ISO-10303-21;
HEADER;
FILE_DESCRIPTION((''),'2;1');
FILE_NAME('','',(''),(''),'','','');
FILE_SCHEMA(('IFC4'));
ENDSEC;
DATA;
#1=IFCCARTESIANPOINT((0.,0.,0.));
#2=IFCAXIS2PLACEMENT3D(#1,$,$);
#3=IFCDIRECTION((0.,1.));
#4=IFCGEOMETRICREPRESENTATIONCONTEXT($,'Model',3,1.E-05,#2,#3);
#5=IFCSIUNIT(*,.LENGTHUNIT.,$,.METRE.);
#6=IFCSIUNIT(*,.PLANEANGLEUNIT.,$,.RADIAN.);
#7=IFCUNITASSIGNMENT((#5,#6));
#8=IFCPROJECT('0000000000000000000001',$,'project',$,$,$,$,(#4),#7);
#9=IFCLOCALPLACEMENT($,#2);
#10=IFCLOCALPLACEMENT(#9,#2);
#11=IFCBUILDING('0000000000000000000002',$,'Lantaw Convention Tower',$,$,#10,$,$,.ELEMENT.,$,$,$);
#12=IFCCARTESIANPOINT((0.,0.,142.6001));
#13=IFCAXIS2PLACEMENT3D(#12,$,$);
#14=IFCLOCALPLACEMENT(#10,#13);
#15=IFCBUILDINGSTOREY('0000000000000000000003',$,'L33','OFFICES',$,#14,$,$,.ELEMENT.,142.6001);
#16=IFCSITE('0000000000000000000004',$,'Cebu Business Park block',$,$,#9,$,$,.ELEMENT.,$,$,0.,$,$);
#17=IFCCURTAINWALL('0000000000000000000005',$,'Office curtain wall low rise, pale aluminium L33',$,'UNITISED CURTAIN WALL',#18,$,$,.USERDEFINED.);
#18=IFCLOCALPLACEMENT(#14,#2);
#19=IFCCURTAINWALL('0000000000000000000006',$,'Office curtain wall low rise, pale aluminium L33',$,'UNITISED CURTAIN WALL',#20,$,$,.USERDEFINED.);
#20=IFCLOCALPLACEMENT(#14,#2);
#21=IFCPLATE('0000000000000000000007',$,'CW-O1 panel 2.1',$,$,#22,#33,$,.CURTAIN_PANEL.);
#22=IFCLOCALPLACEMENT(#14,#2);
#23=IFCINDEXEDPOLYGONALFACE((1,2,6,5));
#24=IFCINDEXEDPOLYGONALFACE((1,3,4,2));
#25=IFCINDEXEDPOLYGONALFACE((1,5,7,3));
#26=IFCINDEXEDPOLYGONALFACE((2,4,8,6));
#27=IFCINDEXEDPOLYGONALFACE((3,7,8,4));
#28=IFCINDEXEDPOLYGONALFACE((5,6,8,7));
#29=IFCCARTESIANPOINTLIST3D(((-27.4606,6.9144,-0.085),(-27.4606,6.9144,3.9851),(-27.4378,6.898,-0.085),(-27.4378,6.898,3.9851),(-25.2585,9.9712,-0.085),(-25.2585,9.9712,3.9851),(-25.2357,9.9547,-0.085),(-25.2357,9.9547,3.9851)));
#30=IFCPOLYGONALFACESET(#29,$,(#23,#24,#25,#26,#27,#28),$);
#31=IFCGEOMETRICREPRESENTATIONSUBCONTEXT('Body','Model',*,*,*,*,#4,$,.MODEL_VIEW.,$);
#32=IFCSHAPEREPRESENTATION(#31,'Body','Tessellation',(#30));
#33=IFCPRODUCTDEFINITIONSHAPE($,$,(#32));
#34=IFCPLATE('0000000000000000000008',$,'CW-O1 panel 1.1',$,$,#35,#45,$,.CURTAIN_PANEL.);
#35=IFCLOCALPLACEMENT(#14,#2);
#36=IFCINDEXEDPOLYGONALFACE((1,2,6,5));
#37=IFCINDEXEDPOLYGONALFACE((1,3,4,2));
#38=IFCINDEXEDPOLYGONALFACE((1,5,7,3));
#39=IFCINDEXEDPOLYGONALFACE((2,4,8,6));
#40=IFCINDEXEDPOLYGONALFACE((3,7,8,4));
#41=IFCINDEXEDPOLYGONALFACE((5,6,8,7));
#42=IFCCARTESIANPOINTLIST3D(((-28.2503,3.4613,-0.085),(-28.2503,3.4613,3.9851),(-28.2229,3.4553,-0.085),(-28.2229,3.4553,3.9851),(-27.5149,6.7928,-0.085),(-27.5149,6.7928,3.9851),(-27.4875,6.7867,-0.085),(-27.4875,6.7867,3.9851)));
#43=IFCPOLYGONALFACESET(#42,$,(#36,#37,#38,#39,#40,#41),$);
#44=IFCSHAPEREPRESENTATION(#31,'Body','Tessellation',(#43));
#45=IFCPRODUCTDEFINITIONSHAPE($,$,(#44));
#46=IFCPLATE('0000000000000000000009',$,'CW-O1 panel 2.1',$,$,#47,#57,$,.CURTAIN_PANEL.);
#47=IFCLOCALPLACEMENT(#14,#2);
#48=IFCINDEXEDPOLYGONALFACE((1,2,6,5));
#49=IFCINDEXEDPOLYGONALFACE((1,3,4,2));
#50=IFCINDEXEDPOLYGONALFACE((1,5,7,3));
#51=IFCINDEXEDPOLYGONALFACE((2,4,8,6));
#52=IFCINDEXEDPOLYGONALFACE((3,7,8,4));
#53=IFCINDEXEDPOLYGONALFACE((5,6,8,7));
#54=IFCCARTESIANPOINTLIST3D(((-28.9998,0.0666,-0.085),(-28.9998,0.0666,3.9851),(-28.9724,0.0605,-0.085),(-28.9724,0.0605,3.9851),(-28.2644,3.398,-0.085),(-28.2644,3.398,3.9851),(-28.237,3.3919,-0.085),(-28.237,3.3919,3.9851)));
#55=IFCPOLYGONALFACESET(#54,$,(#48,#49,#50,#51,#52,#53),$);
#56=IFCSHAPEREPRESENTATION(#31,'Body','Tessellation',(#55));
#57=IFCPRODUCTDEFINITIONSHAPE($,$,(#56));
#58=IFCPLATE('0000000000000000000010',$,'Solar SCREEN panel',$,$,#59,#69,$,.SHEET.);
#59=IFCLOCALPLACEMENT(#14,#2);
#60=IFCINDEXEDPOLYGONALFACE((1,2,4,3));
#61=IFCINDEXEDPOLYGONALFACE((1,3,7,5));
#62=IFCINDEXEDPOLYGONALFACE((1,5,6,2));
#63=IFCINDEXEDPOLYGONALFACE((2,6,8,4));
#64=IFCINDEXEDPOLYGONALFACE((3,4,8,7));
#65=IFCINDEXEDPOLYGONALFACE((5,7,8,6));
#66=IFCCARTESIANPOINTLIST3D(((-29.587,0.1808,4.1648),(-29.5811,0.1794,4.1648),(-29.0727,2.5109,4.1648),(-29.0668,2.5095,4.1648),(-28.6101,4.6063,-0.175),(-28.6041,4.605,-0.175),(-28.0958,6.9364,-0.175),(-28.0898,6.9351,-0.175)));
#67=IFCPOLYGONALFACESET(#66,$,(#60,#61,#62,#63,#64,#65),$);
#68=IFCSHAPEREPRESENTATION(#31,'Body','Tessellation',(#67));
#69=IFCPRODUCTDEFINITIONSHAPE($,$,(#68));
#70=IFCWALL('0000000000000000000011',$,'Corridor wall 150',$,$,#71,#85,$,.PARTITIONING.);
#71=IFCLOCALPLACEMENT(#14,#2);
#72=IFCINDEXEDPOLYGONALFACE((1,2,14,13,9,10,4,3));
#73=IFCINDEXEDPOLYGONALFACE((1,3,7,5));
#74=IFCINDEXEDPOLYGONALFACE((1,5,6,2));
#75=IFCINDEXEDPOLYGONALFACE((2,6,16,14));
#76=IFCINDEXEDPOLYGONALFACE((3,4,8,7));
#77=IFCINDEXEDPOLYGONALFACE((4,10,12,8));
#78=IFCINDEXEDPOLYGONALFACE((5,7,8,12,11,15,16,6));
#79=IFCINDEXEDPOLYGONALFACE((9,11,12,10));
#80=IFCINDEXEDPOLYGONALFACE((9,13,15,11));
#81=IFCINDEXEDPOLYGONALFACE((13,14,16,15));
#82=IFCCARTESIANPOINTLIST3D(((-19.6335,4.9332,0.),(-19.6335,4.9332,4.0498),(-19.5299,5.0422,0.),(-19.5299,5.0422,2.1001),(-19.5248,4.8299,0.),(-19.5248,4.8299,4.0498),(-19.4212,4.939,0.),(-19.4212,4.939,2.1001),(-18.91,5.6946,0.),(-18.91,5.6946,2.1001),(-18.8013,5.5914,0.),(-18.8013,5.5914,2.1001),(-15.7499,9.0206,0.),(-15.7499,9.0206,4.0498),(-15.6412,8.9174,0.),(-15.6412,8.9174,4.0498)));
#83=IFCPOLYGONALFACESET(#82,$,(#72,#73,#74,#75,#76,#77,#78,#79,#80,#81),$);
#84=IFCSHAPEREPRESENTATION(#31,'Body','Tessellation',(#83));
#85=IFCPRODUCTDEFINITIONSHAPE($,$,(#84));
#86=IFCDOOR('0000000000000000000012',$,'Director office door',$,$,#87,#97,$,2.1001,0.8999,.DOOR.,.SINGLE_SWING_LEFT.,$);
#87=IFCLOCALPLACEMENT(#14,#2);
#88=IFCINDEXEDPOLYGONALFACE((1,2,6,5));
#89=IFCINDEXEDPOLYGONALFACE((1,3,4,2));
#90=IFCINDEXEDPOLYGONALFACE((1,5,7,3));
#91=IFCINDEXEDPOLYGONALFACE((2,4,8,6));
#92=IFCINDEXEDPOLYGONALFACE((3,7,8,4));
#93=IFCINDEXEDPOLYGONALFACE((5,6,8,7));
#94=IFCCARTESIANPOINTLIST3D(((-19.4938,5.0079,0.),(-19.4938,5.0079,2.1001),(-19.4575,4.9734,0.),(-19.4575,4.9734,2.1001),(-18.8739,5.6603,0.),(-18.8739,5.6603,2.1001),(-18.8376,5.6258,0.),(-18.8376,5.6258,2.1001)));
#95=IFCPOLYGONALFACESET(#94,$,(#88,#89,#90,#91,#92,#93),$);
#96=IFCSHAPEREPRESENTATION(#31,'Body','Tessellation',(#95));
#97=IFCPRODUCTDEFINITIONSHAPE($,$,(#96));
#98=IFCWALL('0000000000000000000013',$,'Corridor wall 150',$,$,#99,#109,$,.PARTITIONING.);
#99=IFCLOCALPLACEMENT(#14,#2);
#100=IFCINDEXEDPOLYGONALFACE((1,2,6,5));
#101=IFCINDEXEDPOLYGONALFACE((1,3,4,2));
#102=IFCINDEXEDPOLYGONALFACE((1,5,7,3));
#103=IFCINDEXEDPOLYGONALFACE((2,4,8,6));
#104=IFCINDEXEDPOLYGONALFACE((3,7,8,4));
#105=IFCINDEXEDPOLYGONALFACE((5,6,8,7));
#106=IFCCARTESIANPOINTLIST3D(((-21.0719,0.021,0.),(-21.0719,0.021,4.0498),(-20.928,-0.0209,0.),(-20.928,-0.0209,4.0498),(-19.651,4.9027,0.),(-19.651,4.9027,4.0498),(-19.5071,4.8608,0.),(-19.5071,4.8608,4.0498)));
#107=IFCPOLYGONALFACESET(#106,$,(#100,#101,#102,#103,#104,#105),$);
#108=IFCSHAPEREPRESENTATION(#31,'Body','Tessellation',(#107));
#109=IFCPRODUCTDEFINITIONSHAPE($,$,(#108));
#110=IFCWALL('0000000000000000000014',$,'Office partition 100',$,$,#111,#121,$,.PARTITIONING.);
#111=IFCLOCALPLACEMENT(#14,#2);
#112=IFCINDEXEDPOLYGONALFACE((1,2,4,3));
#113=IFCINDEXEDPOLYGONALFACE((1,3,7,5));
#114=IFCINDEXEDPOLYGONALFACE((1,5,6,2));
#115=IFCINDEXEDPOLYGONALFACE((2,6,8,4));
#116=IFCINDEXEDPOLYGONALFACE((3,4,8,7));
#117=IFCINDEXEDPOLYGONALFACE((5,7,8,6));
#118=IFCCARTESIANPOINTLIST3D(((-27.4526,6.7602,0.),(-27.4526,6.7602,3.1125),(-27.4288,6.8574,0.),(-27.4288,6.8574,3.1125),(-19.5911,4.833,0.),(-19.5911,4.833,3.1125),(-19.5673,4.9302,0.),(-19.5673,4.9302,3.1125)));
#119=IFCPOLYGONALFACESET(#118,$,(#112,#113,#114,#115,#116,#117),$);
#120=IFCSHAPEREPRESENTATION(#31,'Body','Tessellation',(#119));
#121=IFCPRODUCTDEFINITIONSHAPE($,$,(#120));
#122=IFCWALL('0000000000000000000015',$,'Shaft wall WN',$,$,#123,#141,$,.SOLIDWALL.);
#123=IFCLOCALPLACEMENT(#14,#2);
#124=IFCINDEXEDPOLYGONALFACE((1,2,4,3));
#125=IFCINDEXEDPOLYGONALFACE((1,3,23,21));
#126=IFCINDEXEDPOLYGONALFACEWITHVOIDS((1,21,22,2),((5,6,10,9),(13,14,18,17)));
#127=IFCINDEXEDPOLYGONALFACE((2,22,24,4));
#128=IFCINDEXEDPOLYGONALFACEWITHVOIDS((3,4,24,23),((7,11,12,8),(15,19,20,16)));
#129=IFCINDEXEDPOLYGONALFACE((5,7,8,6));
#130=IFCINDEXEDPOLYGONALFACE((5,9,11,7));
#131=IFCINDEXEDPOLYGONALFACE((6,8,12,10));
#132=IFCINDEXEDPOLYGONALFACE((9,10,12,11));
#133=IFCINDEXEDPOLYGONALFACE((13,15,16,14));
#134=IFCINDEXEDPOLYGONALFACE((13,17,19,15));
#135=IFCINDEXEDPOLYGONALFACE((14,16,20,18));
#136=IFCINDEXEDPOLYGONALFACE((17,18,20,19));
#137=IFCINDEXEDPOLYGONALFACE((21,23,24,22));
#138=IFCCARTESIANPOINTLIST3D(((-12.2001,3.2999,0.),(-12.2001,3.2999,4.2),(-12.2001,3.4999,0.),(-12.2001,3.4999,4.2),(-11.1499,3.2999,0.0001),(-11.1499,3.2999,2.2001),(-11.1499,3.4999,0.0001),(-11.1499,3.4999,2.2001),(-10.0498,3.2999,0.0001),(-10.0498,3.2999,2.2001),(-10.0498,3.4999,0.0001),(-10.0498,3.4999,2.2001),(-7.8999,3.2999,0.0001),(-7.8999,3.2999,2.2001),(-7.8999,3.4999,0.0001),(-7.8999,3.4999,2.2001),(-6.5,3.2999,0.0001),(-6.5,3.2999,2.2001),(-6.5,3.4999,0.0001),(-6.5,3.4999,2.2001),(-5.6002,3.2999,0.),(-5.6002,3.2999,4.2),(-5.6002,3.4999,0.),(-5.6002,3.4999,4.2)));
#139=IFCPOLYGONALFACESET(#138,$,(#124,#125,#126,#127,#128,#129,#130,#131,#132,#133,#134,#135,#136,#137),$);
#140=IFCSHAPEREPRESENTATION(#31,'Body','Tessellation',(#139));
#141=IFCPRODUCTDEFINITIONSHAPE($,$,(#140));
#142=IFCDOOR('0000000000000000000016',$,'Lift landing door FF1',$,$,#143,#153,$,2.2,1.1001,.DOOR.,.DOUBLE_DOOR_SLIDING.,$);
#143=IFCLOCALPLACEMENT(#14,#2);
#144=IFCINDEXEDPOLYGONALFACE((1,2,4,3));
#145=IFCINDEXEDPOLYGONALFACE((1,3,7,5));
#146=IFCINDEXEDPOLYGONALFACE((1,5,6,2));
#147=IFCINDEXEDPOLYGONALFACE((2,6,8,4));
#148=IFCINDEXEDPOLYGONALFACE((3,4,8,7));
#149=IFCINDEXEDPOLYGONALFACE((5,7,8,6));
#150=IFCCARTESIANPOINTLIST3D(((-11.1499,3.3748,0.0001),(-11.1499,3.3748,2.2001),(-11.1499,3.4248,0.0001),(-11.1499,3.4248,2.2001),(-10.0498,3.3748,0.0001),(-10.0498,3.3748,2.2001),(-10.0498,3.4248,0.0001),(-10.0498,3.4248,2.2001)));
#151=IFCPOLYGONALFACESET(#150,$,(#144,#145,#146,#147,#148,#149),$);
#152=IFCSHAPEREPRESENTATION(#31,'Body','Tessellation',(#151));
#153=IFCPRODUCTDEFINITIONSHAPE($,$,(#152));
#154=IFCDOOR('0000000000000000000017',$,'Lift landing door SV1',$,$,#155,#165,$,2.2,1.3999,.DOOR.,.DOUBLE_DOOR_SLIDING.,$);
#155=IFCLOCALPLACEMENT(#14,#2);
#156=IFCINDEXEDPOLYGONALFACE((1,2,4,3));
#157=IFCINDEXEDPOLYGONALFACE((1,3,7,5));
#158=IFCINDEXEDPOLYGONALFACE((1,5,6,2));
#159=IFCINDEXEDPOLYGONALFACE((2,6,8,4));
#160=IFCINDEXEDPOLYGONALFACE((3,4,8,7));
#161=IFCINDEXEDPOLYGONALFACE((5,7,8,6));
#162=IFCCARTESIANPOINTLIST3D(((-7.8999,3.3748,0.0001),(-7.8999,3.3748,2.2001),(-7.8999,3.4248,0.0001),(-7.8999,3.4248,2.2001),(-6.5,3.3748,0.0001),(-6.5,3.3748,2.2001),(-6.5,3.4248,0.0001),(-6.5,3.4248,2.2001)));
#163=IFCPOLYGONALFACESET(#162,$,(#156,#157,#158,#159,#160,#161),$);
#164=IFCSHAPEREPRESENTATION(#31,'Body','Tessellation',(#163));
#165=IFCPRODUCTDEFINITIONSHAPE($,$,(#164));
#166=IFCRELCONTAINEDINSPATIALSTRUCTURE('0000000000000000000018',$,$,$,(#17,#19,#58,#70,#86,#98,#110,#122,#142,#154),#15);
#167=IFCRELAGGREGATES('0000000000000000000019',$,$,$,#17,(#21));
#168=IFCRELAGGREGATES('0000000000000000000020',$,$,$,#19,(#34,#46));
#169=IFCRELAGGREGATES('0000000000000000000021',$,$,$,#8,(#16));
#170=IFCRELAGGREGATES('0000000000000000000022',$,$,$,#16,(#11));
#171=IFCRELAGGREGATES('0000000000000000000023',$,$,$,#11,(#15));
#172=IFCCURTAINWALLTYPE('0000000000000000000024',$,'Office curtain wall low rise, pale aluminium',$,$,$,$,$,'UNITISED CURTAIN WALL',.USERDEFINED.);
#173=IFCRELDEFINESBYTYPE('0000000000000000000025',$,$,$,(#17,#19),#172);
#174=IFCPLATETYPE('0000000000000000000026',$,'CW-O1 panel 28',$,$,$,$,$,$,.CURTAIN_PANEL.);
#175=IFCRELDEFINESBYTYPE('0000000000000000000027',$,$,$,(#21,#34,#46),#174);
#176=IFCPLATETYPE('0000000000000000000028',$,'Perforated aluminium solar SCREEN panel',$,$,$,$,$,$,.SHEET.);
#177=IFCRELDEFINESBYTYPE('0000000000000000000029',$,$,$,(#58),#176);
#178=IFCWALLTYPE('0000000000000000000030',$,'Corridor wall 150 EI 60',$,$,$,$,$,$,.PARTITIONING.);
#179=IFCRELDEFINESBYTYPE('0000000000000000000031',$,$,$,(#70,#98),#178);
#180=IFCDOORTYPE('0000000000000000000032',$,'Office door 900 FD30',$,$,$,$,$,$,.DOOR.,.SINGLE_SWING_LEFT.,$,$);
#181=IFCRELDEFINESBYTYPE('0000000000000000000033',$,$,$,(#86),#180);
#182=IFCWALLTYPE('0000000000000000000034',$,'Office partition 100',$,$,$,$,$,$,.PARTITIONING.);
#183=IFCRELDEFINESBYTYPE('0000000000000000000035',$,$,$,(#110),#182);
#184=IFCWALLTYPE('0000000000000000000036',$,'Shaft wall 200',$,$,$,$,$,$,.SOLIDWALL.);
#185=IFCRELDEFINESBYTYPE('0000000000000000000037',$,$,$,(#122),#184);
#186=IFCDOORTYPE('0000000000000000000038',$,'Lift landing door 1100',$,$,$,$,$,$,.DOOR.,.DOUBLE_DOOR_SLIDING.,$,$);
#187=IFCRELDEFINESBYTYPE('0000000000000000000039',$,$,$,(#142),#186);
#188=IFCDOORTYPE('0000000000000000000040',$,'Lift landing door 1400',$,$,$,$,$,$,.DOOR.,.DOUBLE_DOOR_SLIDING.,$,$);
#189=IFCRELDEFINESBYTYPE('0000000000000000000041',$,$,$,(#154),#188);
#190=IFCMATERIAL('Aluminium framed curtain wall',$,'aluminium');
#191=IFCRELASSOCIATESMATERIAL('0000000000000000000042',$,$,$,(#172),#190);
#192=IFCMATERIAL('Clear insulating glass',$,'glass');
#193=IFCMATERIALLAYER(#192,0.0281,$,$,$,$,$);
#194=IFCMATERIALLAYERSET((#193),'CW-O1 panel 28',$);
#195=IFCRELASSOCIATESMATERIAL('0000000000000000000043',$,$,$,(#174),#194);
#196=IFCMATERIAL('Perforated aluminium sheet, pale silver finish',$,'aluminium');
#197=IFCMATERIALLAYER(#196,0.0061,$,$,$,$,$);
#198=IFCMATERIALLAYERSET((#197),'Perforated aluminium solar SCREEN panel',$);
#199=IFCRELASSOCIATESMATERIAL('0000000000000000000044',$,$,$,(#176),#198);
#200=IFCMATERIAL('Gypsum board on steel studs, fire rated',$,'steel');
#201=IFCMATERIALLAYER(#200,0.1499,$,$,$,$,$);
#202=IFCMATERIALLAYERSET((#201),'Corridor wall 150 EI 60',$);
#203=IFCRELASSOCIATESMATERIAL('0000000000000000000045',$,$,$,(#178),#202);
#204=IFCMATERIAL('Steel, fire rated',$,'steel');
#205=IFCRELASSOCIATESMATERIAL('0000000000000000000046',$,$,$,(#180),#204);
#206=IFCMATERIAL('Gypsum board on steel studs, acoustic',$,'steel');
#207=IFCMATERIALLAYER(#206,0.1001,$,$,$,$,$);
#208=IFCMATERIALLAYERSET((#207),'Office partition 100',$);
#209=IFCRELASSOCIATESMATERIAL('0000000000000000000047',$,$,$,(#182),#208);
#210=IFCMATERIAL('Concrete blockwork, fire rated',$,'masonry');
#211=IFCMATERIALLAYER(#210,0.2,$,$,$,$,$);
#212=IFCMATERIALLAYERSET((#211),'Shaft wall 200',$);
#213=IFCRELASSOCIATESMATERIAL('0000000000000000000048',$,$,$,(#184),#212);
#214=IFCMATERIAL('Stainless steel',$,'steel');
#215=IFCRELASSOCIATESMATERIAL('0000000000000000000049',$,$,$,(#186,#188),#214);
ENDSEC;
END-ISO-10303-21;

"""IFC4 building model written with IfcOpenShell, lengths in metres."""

from ifc_helpers import new_model, si_unit, direction, frame, frame_2d, origin, origin_2d, place, context, subcontext, project, spatial, polyline, rectangle, outline, extrude, material, layer, layer_set, type_object, element, fill, aggregate, save


model = new_model("IFC4")

# Units and contexts
model_context = context("Model", 3, precision=1e-05, world=origin(), true_north=direction((0.0, 1.0)))
body_context = subcontext(model_context, "Body", "Model", "MODEL_VIEW")
ifc_project = project(units=[si_unit("LENGTHUNIT", "METRE"), si_unit("PLANEANGLEUNIT", "RADIAN")], contexts=[model_context])

# Site, building, storey
site_placement = place(None, origin())
site = spatial("IfcSite", under=ifc_project, at=site_placement, Name="Cebu Business Park block", CompositionType="ELEMENT", RefElevation=0.0)
building_placement = place(site_placement, origin())
building = spatial("IfcBuilding", under=site, at=building_placement, Name="Lantaw Convention Tower", CompositionType="ELEMENT")
storey_placement = place(building_placement, frame((0.0, 0.0, 142.6001)))
storey = spatial("IfcBuildingStorey", under=building, at=storey_placement, Name="L33", Description="OFFICES", CompositionType="ELEMENT", Elevation=142.6001)

# Curtain wall
ifc_material_1 = material(Name="Aluminium framed curtain wall", Category="aluminium")
curtain_wall_type = type_object("IfcCurtainWallType", Name="Office curtain wall low rise, pale aluminium", ElementType="UNITISED CURTAIN WALL", PredefinedType="USERDEFINED", material=ifc_material_1)
curtain_wall_1_placement = place(storey_placement, origin())
curtain_wall_1 = element("IfcCurtainWall", 1, at=curtain_wall_1_placement, inside=storey, type_object=curtain_wall_type, Name="Office curtain wall low rise, pale aluminium L33", ObjectType="UNITISED CURTAIN WALL", PredefinedType="USERDEFINED")

# Curtain wall
curtain_wall_2_placement = place(storey_placement, origin())
curtain_wall_2 = element("IfcCurtainWall", 2, at=curtain_wall_2_placement, inside=storey, type_object=curtain_wall_type, Name="Office curtain wall low rise, pale aluminium L33", ObjectType="UNITISED CURTAIN WALL", PredefinedType="USERDEFINED")

# Plates
ifc_material_2 = material(Name="Clear insulating glass", Category="glass")
ifc_layer_1 = layer(ifc_material_2, 0.0281)
ifc_layer_set_1 = layer_set([ifc_layer_1], Name="CW-O1 panel 28")
plate_type_1 = type_object("IfcPlateType", Name="CW-O1 panel 28", PredefinedType="CURTAIN_PANEL", material=ifc_layer_set_1)
plate_1_placement = place(storey_placement, frame((-26.3481, 8.4346, -0.085), z_axis=(0.0, 0.0, 1.0), x_axis=(-0.584513, -0.811385, 0.0)))
plate_1 = element("IfcPlate", 3, at=plate_1_placement, type_object=plate_type_1, Name="CW-O1 panel 2.1", PredefinedType="CURTAIN_PANEL", context=body_context, shape_type="SweptSolid", body=[
    extrude(rectangle(XDim=3.7673, YDim=0.0281, at=origin_2d()), origin(), (0.0, 0.0, 1.0), 4.0701),
])
aggregate(curtain_wall_1, [plate_1])
plate_2_placement = place(storey_placement, frame((-27.8689, 5.124, -0.085), z_axis=(0.0, 0.0, 1.0), x_axis=(-0.215546, -0.976494, 0.0)))
plate_2 = element("IfcPlate", 4, at=plate_2_placement, type_object=plate_type_1, Name="CW-O1 panel 1.1", PredefinedType="CURTAIN_PANEL", context=body_context, shape_type="SweptSolid", body=[
    extrude(rectangle(XDim=3.4116, YDim=0.0281, at=origin_2d()), origin(), (0.0, 0.0, 1.0), 4.0701),
])
plate_3_placement = place(storey_placement, frame((-28.6184, 1.7292, -0.085), z_axis=(0.0, 0.0, 1.0), x_axis=(-0.215546, -0.976494, 0.0)))
plate_3 = element("IfcPlate", 5, at=plate_3_placement, type_object=plate_type_1, Name="CW-O1 panel 2.1", PredefinedType="CURTAIN_PANEL", context=body_context, shape_type="SweptSolid", body=[
    extrude(rectangle(XDim=3.4116, YDim=0.0281, at=origin_2d()), origin(), (0.0, 0.0, 1.0), 4.0701),
])
aggregate(curtain_wall_2, [plate_2, plate_3])
ifc_material_3 = material(Name="Perforated aluminium sheet, pale silver finish", Category="aluminium")
ifc_layer_2 = layer(ifc_material_3, 0.0061)
ifc_layer_set_2 = layer_set([ifc_layer_2], Name="Perforated aluminium solar SCREEN panel")
plate_type_2 = type_object("IfcPlateType", Name="Perforated aluminium solar SCREEN panel", PredefinedType="SHEET", material=ifc_layer_set_2)
plate_4_placement = place(storey_placement, frame((-28.0898, 6.9351, -0.175), z_axis=(0.976498, -0.215527, 0.000033), x_axis=(-0.215527, -0.976498, 0.0)))
element("IfcPlate", 6, at=plate_4_placement, inside=storey, type_object=plate_type_2, Name="Solar SCREEN panel", PredefinedType="SHEET", context=body_context, shape_type="SweptSolid", body=[
    extrude(outline(polyline([(0.0, 0.0), (2.3861, 0.0), (6.9182, -4.3398), (4.5321, -4.3398), (0.0, 0.0)])), origin(), (0.0, 0.0, -1.0), 0.0061),
])

# Wall, opening, door
ifc_material_4 = material(Name="Gypsum board on steel studs, fire rated", Category="steel")
ifc_layer_3 = layer(ifc_material_4, 0.1499)
ifc_layer_set_3 = layer_set([ifc_layer_3], Name="Corridor wall 150 EI 60")
wall_type_1 = type_object("IfcWallType", Name="Corridor wall 150 EI 60", PredefinedType="PARTITIONING", material=ifc_layer_set_3)
wall_1_placement = place(storey_placement, frame((-15.6956, 8.969, 0.0), z_axis=(0.0, 0.0, 1.0), x_axis=(-0.688797, -0.724954, 0.0)))
wall_1 = element("IfcWall", 7, at=wall_1_placement, inside=storey, type_object=wall_type_1, Name="Corridor wall 150", PredefinedType="PARTITIONING", context=body_context, shape_type="SweptSolid", body=[
    extrude(rectangle(XDim=5.6382, YDim=0.1499, at=frame_2d((2.8191, 0.0))), origin(), (0.0, 0.0, 1.0), 4.0498),
])
opening_1_placement = place(wall_1_placement, frame((4.5879, 0.0, 0.0)))
opening_1 = element("IfcOpeningElement", 8, at=opening_1_placement, cuts=wall_1, PredefinedType="OPENING", context=body_context, shape_type="SweptSolid", body=[
    extrude(rectangle(XDim=0.8999, YDim=2.1001, at=frame_2d((0.45, 1.05))), frame((0.0, 0.085, 0.0), z_axis=(0.0, -1.0, 0.0), x_axis=(1.0, 0.0, 0.0)), (0.0, 0.0, 1.0), 0.1699),
])
ifc_material_5 = material(Name="Steel, fire rated", Category="steel")
door_type_1 = type_object("IfcDoorType", Name="Office door 900 FD30", OperationType="SINGLE_SWING_LEFT", PredefinedType="DOOR", material=ifc_material_5)
door_1_placement = place(opening_1_placement, origin())
door_1 = element("IfcDoor", 9, at=door_1_placement, inside=storey, type_object=door_type_1, Name="Director office door", OperationType="SINGLE_SWING_LEFT", OverallHeight=2.1001, OverallWidth=0.8999, PredefinedType="DOOR", context=body_context, shape_type="SweptSolid", body=[
    extrude(rectangle(XDim=0.8999, YDim=2.1001, at=frame_2d((0.45, 1.05))), frame((0.0, 0.0249, 0.0), z_axis=(0.0, -1.0, 0.0), x_axis=(1.0, 0.0, 0.0)), (0.0, 0.0, 1.0), 0.05),
])
fill(opening_1, door_1)

# Walls
wall_2_placement = place(storey_placement, frame((-19.5791, 4.8816, 0.0), z_axis=(0.0, 0.0, 1.0), x_axis=(-0.279474, -0.960153, 0.0)))
element("IfcWall", 10, at=wall_2_placement, inside=storey, type_object=wall_type_1, Name="Corridor wall 150", PredefinedType="PARTITIONING", context=body_context, shape_type="SweptSolid", body=[
    extrude(rectangle(XDim=5.0842, YDim=0.1499, at=frame_2d((2.542, 0.0))), origin(), (0.0, 0.0, 1.0), 4.0498),
])
ifc_material_6 = material(Name="Gypsum board on steel studs, acoustic", Category="steel")
ifc_layer_4 = layer(ifc_material_6, 0.1001)
ifc_layer_set_4 = layer_set([ifc_layer_4], Name="Office partition 100")
wall_type_2 = type_object("IfcWallType", Name="Office partition 100", PredefinedType="PARTITIONING", material=ifc_layer_set_4)
wall_3_placement = place(storey_placement, frame((-27.4407, 6.8088, 0.0), z_axis=(0.0, 0.0, 1.0), x_axis=(0.971241, -0.238098, 0.0)))
element("IfcWall", 11, at=wall_3_placement, inside=storey, type_object=wall_type_2, Name="Office partition 100", PredefinedType="PARTITIONING", context=body_context, shape_type="SweptSolid", body=[
    extrude(rectangle(XDim=8.0942, YDim=0.1001, at=frame_2d((4.0471, 0.0))), origin(), (0.0, 0.0, 1.0), 3.1125),
])

# Wall, openings, doors
ifc_material_7 = material(Name="Concrete blockwork, fire rated", Category="masonry")
ifc_layer_5 = layer(ifc_material_7, 0.2)
ifc_layer_set_5 = layer_set([ifc_layer_5], Name="Shaft wall 200")
wall_type_3 = type_object("IfcWallType", Name="Shaft wall 200", PredefinedType="SOLIDWALL", material=ifc_layer_set_5)
wall_4_placement = place(storey_placement, frame((-12.2, 3.3999, 0.0), z_axis=(0.0, 0.0, 1.0), x_axis=(1.0, 0.0, 0.0)))
wall_4 = element("IfcWall", 12, at=wall_4_placement, inside=storey, type_object=wall_type_3, Name="Shaft wall WN", PredefinedType="SOLIDWALL", context=body_context, shape_type="SweptSolid", body=[
    extrude(rectangle(XDim=6.5999, YDim=0.2, at=frame_2d((3.2998, 0.0))), origin(), (0.0, 0.0, 1.0), 4.2),
])
opening_2_placement = place(wall_4_placement, frame((1.05, 0.0, 0.0)))
opening_2 = element("IfcOpeningElement", 13, at=opening_2_placement, cuts=wall_4, PredefinedType="OPENING", context=body_context, shape_type="SweptSolid", body=[
    extrude(rectangle(XDim=1.1001, YDim=2.2, at=frame_2d((0.55, 1.1001))), frame((0.0, 0.1099, 0.0), z_axis=(0.0, -1.0, 0.0), x_axis=(1.0, 0.0, 0.0)), (0.0, 0.0, 1.0), 0.22),
])
opening_3_placement = place(wall_4_placement, frame((4.3, 0.0, 0.0)))
opening_3 = element("IfcOpeningElement", 14, at=opening_3_placement, cuts=wall_4, PredefinedType="OPENING", context=body_context, shape_type="SweptSolid", body=[
    extrude(rectangle(XDim=1.3999, YDim=2.2, at=frame_2d((0.7, 1.1001))), frame((0.0, 0.1099, 0.0), z_axis=(0.0, -1.0, 0.0), x_axis=(1.0, 0.0, 0.0)), (0.0, 0.0, 1.0), 0.22),
])
ifc_material_8 = material(Name="Stainless steel", Category="steel")
door_type_2 = type_object("IfcDoorType", Name="Lift landing door 1100", OperationType="DOUBLE_DOOR_SLIDING", PredefinedType="DOOR", material=ifc_material_8)
door_2_placement = place(opening_2_placement, origin())
door_2 = element("IfcDoor", 15, at=door_2_placement, inside=storey, type_object=door_type_2, Name="Lift landing door FF1", OperationType="DOUBLE_DOOR_SLIDING", OverallHeight=2.2, OverallWidth=1.1001, PredefinedType="DOOR", context=body_context, shape_type="SweptSolid", body=[
    extrude(rectangle(XDim=1.1001, YDim=2.2, at=frame_2d((0.55, 1.1001))), frame((0.0, 0.0249, 0.0), z_axis=(0.0, -1.0, 0.0), x_axis=(1.0, 0.0, 0.0)), (0.0, 0.0, 1.0), 0.05),
])
fill(opening_2, door_2)
door_type_3 = type_object("IfcDoorType", Name="Lift landing door 1400", OperationType="DOUBLE_DOOR_SLIDING", PredefinedType="DOOR", material=ifc_material_8)
door_3_placement = place(opening_3_placement, origin())
door_3 = element("IfcDoor", 16, at=door_3_placement, inside=storey, type_object=door_type_3, Name="Lift landing door SV1", OperationType="DOUBLE_DOOR_SLIDING", OverallHeight=2.2, OverallWidth=1.3999, PredefinedType="DOOR", context=body_context, shape_type="SweptSolid", body=[
    extrude(rectangle(XDim=1.3999, YDim=2.2, at=frame_2d((0.7, 1.1001))), frame((0.0, 0.0249, 0.0), z_axis=(0.0, -1.0, 0.0), x_axis=(1.0, 0.0, 0.0)), (0.0, 0.0, 1.0), 0.05),
])
fill(opening_3, door_3)

save(model, "model.ifc")
